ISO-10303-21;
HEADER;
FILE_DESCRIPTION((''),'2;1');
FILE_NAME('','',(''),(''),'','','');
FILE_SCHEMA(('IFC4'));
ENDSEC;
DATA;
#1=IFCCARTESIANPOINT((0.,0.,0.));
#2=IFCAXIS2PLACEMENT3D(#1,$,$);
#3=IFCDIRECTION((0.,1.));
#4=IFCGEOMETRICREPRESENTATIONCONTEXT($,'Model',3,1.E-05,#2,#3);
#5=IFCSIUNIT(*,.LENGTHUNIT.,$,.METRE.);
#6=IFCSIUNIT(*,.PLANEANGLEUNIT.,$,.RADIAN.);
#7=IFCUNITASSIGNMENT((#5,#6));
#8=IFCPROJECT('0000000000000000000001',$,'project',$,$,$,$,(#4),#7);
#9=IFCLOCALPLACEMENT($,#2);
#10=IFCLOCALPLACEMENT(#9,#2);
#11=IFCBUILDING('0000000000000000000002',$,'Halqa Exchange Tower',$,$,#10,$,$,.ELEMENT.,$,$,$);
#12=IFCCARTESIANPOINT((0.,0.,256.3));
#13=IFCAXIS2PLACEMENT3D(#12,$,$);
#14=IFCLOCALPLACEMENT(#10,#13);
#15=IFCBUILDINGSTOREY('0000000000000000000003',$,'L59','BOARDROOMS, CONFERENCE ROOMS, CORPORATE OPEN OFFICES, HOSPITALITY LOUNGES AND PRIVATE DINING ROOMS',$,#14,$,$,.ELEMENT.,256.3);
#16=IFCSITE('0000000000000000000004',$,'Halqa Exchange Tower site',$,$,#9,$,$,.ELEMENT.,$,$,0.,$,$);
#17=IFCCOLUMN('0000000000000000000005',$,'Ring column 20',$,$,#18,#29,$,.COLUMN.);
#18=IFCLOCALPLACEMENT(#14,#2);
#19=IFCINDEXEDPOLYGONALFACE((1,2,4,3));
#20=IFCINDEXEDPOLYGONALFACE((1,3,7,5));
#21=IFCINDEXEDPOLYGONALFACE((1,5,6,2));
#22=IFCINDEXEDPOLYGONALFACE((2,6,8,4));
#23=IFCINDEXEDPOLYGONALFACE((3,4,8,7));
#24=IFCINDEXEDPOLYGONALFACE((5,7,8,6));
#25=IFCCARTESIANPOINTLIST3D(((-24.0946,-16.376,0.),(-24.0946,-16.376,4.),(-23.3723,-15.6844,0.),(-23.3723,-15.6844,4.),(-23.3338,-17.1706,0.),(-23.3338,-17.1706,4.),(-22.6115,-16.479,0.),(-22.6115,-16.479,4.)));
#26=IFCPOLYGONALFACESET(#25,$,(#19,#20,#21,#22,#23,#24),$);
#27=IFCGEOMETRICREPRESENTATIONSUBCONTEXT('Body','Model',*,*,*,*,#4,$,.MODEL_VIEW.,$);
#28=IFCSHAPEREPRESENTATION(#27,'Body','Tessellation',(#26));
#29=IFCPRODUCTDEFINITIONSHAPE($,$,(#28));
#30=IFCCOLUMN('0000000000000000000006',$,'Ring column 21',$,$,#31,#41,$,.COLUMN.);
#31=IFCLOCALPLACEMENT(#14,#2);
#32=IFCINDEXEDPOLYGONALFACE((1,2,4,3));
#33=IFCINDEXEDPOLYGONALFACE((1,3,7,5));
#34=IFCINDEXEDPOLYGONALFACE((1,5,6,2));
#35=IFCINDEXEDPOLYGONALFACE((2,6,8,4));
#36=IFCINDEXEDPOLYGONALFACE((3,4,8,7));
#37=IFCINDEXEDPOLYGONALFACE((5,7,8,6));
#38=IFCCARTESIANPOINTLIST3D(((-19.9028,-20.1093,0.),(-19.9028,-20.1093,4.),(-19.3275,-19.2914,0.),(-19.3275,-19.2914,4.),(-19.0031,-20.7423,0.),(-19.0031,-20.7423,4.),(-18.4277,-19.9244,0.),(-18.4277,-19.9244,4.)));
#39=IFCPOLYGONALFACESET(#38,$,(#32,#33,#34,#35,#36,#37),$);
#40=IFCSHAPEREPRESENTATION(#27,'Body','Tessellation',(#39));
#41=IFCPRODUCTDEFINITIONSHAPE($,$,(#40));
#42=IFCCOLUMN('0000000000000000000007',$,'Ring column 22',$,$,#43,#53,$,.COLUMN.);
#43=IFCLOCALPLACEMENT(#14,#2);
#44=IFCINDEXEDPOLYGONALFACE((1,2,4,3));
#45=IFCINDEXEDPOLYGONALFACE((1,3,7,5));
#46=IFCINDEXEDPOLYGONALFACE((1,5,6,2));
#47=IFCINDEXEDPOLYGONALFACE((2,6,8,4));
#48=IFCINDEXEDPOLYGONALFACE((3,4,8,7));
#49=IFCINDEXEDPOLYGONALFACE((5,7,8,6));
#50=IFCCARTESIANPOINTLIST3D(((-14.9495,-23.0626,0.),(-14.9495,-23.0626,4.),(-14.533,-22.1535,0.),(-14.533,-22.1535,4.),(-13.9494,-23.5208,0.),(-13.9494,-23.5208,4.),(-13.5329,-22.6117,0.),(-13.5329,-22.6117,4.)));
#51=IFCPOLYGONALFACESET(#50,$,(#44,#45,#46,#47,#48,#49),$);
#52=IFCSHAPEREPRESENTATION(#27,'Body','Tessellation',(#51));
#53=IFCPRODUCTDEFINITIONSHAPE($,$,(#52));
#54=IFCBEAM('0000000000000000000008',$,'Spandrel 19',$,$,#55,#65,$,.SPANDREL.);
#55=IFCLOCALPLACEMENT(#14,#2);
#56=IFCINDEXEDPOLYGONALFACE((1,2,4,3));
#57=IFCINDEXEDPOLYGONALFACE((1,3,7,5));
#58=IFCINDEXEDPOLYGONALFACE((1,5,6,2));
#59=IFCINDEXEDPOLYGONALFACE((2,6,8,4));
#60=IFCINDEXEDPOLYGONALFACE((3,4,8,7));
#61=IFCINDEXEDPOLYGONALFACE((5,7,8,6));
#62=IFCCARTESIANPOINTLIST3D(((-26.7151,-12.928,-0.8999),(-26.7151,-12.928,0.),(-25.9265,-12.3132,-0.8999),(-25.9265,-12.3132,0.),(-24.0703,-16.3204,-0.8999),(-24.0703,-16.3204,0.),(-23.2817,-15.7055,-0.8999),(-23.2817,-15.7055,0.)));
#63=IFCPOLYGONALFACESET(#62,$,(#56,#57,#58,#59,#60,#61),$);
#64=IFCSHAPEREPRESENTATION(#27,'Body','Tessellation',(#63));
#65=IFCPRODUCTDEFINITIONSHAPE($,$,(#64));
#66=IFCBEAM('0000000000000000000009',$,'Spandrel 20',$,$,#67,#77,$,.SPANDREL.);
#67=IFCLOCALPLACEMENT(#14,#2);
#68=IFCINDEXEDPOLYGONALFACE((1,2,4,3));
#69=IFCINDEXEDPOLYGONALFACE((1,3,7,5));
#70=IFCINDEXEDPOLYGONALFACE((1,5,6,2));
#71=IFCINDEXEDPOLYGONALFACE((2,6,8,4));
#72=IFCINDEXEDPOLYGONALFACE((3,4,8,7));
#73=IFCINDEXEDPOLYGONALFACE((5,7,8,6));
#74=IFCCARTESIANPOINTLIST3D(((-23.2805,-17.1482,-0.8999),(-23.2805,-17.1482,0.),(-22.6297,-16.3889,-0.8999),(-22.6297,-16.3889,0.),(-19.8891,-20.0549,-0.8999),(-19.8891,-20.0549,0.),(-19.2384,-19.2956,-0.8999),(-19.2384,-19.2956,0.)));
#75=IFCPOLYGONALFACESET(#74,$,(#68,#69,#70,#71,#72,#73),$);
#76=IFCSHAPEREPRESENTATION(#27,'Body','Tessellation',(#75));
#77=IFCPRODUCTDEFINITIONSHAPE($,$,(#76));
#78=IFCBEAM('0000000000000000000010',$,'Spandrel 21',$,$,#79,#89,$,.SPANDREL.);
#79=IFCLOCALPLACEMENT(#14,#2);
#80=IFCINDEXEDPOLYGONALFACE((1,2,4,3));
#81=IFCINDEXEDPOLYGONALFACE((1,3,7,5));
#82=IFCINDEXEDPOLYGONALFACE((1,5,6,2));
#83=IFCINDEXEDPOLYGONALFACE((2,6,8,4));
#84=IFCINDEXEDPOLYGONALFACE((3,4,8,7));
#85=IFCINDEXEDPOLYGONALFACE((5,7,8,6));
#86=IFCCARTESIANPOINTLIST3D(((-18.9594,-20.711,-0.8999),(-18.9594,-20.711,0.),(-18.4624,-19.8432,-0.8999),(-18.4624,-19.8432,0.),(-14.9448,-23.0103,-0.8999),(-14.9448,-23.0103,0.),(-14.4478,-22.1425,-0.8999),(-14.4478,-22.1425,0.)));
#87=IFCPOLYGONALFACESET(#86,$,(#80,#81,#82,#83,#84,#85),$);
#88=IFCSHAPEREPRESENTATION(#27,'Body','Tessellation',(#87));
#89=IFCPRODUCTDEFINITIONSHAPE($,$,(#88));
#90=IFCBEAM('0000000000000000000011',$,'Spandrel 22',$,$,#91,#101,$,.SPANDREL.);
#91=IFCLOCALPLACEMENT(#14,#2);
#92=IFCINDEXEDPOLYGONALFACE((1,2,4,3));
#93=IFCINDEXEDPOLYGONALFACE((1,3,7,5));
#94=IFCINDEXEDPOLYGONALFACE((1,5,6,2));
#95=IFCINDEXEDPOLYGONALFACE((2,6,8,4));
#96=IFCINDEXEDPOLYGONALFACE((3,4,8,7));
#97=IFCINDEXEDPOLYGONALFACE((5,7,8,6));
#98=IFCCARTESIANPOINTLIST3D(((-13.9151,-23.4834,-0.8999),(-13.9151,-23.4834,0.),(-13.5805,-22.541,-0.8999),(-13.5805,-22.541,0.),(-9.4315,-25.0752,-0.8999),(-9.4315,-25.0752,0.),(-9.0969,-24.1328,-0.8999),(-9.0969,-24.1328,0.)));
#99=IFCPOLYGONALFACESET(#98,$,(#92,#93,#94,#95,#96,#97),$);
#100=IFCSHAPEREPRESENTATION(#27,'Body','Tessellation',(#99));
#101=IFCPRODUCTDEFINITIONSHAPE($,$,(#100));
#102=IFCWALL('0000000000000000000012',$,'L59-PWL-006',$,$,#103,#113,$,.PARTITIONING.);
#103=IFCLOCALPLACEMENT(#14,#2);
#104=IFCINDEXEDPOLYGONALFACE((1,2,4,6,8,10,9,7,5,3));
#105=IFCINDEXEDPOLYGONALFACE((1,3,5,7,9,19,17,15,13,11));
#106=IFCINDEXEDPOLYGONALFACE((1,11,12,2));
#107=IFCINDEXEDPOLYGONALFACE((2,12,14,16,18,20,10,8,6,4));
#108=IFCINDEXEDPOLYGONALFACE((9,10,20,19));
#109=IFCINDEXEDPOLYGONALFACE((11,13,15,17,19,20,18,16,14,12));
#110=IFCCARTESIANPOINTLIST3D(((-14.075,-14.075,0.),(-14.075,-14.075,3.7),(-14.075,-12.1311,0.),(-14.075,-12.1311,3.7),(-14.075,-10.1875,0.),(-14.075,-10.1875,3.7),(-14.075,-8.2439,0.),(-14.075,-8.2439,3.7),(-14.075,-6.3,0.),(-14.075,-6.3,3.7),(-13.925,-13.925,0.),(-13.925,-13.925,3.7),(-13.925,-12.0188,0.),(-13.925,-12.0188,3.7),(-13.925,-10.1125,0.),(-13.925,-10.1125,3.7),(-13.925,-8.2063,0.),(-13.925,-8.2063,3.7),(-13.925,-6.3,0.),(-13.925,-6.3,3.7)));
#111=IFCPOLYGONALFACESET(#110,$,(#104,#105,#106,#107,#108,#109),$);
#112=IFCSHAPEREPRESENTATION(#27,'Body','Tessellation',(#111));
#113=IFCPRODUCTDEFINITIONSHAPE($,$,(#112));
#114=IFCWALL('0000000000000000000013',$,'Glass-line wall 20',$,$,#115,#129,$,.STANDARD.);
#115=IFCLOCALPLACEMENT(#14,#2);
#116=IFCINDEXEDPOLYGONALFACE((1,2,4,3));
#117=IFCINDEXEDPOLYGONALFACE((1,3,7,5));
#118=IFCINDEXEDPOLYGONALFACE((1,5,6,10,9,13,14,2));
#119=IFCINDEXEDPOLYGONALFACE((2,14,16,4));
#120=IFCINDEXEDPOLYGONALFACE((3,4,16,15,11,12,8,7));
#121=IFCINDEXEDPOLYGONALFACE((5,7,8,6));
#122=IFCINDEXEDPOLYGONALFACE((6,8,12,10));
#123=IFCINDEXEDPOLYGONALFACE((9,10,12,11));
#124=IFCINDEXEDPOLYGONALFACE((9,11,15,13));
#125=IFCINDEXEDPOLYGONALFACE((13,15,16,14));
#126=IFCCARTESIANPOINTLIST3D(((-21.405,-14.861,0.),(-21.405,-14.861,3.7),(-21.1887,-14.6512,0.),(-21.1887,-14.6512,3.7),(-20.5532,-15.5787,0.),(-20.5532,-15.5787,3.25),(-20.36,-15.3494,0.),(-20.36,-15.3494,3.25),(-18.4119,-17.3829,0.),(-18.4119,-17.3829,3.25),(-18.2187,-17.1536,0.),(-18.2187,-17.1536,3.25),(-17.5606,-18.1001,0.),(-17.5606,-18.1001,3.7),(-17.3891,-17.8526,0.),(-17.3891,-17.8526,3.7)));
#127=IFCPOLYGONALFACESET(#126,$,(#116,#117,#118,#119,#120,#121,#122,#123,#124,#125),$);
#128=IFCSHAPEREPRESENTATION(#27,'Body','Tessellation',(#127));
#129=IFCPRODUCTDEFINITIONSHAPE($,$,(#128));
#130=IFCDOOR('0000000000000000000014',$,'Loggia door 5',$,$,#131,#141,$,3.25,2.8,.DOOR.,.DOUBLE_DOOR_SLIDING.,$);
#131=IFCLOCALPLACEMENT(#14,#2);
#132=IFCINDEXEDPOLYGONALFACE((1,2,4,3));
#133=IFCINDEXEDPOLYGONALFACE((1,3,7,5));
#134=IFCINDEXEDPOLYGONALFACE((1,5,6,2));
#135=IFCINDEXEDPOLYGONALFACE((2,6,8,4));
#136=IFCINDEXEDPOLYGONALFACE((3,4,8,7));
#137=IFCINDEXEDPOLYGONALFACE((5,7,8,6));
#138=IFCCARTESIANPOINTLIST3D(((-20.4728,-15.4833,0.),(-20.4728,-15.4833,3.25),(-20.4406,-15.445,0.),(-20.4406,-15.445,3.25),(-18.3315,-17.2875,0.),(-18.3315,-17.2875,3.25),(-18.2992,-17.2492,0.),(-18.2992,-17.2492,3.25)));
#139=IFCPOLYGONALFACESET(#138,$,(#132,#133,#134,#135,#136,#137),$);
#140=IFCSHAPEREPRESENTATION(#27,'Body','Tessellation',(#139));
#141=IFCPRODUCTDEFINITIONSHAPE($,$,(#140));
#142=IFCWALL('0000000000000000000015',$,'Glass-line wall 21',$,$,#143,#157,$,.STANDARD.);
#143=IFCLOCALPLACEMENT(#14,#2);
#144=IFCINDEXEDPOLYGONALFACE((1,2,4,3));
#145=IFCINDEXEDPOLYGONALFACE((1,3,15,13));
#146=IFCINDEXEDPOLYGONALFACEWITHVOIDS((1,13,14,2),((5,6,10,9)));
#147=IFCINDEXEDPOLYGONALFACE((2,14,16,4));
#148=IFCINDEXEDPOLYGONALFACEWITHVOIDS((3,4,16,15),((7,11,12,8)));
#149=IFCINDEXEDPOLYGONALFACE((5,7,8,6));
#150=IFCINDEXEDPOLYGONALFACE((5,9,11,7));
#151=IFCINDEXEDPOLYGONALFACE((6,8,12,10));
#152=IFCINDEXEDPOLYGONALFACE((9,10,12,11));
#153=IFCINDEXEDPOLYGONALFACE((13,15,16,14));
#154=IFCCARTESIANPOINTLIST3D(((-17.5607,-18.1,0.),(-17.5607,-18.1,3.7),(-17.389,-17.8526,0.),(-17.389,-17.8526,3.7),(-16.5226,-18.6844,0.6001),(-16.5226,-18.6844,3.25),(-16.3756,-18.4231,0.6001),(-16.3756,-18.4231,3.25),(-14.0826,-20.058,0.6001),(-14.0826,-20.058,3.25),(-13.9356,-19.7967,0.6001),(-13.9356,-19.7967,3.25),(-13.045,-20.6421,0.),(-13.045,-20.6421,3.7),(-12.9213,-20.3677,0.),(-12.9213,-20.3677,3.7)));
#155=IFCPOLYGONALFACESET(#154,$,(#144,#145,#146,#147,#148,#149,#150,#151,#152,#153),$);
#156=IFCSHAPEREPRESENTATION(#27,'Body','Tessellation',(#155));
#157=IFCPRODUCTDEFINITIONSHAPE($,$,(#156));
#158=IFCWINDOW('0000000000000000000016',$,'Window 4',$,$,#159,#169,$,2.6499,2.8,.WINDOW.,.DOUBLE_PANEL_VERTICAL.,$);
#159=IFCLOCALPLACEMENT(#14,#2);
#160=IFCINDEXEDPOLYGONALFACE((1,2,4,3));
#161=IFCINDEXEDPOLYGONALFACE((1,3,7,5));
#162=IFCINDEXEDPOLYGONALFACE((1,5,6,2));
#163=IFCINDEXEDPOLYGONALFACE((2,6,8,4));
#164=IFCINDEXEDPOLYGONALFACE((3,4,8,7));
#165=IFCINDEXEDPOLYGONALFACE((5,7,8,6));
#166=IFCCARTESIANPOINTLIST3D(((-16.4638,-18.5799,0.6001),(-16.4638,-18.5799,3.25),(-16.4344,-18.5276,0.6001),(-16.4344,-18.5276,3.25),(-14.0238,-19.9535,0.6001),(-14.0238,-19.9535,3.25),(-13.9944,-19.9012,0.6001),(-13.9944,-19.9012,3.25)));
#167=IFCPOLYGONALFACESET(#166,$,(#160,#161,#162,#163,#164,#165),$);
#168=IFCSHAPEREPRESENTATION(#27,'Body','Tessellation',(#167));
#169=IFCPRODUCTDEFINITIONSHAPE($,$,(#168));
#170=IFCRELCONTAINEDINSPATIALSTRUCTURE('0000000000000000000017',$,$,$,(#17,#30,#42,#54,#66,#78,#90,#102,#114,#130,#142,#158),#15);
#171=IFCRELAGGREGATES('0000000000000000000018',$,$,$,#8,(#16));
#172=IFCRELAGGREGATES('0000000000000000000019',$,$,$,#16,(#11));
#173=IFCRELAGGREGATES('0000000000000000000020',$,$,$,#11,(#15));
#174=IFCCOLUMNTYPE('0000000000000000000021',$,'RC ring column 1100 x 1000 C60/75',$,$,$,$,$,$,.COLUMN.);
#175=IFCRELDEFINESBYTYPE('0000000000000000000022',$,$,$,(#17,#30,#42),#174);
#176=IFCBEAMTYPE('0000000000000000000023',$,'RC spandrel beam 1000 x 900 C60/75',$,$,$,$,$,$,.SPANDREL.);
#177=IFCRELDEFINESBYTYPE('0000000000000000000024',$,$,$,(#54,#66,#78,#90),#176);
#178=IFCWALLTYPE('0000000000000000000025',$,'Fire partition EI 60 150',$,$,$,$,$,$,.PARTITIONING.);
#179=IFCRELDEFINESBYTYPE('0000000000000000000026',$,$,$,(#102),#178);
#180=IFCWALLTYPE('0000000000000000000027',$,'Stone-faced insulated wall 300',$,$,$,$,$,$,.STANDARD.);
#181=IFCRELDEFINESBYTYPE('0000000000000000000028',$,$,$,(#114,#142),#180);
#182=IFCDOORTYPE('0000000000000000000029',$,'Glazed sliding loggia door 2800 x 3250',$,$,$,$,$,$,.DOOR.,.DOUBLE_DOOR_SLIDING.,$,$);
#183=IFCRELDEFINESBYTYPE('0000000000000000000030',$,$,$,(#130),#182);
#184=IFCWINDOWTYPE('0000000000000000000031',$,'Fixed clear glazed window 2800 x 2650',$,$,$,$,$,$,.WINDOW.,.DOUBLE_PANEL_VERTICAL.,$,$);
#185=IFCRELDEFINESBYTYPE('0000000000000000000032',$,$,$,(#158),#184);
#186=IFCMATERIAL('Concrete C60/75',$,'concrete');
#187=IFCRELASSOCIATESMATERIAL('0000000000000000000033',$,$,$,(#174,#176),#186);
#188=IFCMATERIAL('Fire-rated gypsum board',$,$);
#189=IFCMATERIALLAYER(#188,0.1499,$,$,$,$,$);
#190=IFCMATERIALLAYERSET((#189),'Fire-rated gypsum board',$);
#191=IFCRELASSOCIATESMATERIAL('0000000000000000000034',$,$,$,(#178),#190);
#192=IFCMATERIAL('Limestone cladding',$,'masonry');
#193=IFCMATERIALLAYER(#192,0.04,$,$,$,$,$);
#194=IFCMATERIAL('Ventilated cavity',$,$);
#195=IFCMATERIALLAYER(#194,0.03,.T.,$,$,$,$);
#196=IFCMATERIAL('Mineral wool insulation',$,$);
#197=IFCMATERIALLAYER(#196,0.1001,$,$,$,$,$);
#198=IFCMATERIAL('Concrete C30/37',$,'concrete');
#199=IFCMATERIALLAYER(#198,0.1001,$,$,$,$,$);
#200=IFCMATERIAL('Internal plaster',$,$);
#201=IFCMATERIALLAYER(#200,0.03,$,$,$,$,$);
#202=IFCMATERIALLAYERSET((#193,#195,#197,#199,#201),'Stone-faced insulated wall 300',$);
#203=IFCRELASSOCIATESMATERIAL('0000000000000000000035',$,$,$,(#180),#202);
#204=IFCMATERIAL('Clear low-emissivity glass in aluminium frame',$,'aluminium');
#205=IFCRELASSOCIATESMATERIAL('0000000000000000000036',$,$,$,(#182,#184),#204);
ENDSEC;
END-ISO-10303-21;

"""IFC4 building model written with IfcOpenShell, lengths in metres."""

from ifc_helpers import new_model, si_unit, direction, frame, frame_2d, origin, origin_2d, place, context, subcontext, project, spatial, polyline, rectangle, outline, extrude, material, layer, layer_set, material_profile, profile_set, type_object, element, fill, save


model = new_model("IFC4")

# Units and contexts
model_context = context("Model", 3, precision=1e-05, world=origin(), true_north=direction((0.0, 1.0)))
body_context = subcontext(model_context, "Body", "Model", "MODEL_VIEW")
ifc_project = project(units=[si_unit("LENGTHUNIT", "METRE"), si_unit("PLANEANGLEUNIT", "RADIAN")], contexts=[model_context])

# Site, building, storey
site_placement = place(None, origin())
site = spatial("IfcSite", under=ifc_project, at=site_placement, Name="Halqa Exchange Tower site", CompositionType="ELEMENT", RefElevation=0.0)
building_placement = place(site_placement, origin())
building = spatial("IfcBuilding", under=site, at=building_placement, Name="Halqa Exchange Tower", CompositionType="ELEMENT")
storey_placement = place(building_placement, frame((0.0, 0.0, 256.3)))
storey = spatial("IfcBuildingStorey", under=building, at=storey_placement, Name="L59", Description="BOARDROOMS, CONFERENCE ROOMS, CORPORATE OPEN OFFICES, HOSPITALITY LOUNGES AND PRIVATE DINING ROOMS", CompositionType="ELEMENT", Elevation=256.3)

# Columns
ifc_material_1 = material(Name="Concrete C60/75", Category="concrete")
ifc_material_profile_1 = material_profile(ifc_material_1, rectangle(XDim=1.1001, YDim=1.0, at=origin_2d()), Name="1100 x 1000")
ifc_profile_set_1 = profile_set([ifc_material_profile_1], Name="Concrete C60/75")
column_type = type_object("IfcColumnType", Name="RC ring column 1100 x 1000 C60/75", PredefinedType="COLUMN", material=ifc_profile_set_1)
for number, where, z_axis, x_axis, name in (
    (1, (-23.353, -16.4275, 0.0), (0.0, 0.0, 1.0), (0.691579, -0.722301, 0.0), "Ring column 20"),
    (2, (-19.1653, -20.0168, 0.0), (0.0, 0.0, 1.0), (0.817907, -0.575351, 0.0), "Ring column 21"),
    (3, (-14.2412, -22.8372, 0.0), (0.0, 0.0, 1.0), (0.909128, -0.416517, 0.0), "Ring column 22"),
):
    element("IfcColumn", number, at=place(storey_placement, frame(where, z_axis=z_axis, x_axis=x_axis)), inside=storey, type_object=column_type, Name=name, PredefinedType="COLUMN", context=body_context, shape_type="SweptSolid", body=[
        extrude(rectangle(XDim=1.1001, YDim=1.0, at=origin_2d()), origin(), (0.0, 0.0, 1.0), 4.0),
    ])

# Beams
ifc_material_profile_2 = material_profile(ifc_material_1, rectangle(XDim=1.0, YDim=0.8999, at=origin_2d()), Name="1000 x 900")
ifc_profile_set_2 = profile_set([ifc_material_profile_2], Name="Concrete C60/75")
beam_type = type_object("IfcBeamType", Name="RC spandrel beam 1000 x 900 C60/75", PredefinedType="SPANDREL", material=ifc_profile_set_2)
beam_1_placement = place(storey_placement, frame((-26.3208, -12.6206, -0.45), z_axis=(0.614852, -0.788643, 0.0), x_axis=(0.788643, 0.614852, 0.0)))
element("IfcBeam", 4, at=beam_1_placement, inside=storey, type_object=beam_type, Name="Spandrel 19", PredefinedType="SPANDREL", context=body_context, shape_type="SweptSolid", body=[
    extrude(rectangle(XDim=1.0, YDim=0.8999, at=origin_2d()), origin(), (0.0, 0.0, 1.0), 4.3015),
])
beam_2_placement = place(storey_placement, frame((-22.9551, -16.7686, -0.45), z_axis=(0.759272, -0.650773, 0.0), x_axis=(0.650773, 0.759272, 0.0)))
element("IfcBeam", 5, at=beam_2_placement, inside=storey, type_object=beam_type, Name="Spandrel 20", PredefinedType="SPANDREL", context=body_context, shape_type="SweptSolid", body=[
    extrude(rectangle(XDim=1.0, YDim=0.8999, at=origin_2d()), origin(), (0.0, 0.0, 1.0), 4.4666),
])
beam_3_placement = place(storey_placement, frame((-18.7109, -20.2771, -0.45), z_axis=(0.867756, -0.496991, 0.0), x_axis=(0.496991, 0.867756, 0.0)))
element("IfcBeam", 6, at=beam_3_placement, inside=storey, type_object=beam_type, Name="Spandrel 21", PredefinedType="SPANDREL", context=body_context, shape_type="SweptSolid", body=[
    extrude(rectangle(XDim=1.0, YDim=0.8999, at=origin_2d()), origin(), (0.0, 0.0, 1.0), 4.6265),
])
beam_4_placement = place(storey_placement, frame((-13.7478, -23.0122, -0.45), z_axis=(0.942373, -0.334564, 0.0), x_axis=(0.334564, 0.942373, 0.0)))
element("IfcBeam", 7, at=beam_4_placement, inside=storey, type_object=beam_type, Name="Spandrel 22", PredefinedType="SPANDREL", context=body_context, shape_type="SweptSolid", body=[
    extrude(rectangle(XDim=1.0, YDim=0.8999, at=origin_2d()), origin(), (0.0, 0.0, 1.0), 4.7578),
])

# Wall
ifc_material_2 = material(Name="Fire-rated gypsum board")
ifc_layer_1 = layer(ifc_material_2, 0.1499)
ifc_layer_set_1 = layer_set([ifc_layer_1], Name="Fire-rated gypsum board")
wall_type_1 = type_object("IfcWallType", Name="Fire partition EI 60 150", PredefinedType="PARTITIONING", material=ifc_layer_set_1)
wall_1_placement = place(storey_placement, frame((-14.0, -14.075, 0.0), z_axis=(0.0, 0.0, 1.0), x_axis=(0.0, 1.0, 0.0)))
element("IfcWall", 8, at=wall_1_placement, inside=storey, type_object=wall_type_1, Name="L59-PWL-006", PredefinedType="PARTITIONING", context=body_context, shape_type="SweptSolid", body=[
    extrude(outline(polyline([(7.7749, 0.075), (5.8311, 0.075), (3.8875, 0.075), (1.9438, 0.075), (0.0, 0.075), (0.1499, -0.075), (2.0562, -0.075), (3.9624, -0.075), (5.8687, -0.075), (7.7749, -0.075), (7.7749, 0.075)])), origin(), (0.0, 0.0, 1.0), 3.7),
])

# Wall, opening, door
ifc_material_3 = material(Name="Limestone cladding", Category="masonry")
ifc_layer_2 = layer(ifc_material_3, 0.04)
ifc_material_4 = material(Name="Ventilated cavity")
ifc_layer_3 = layer(ifc_material_4, 0.03, ventilated=True)
ifc_material_5 = material(Name="Mineral wool insulation")
ifc_layer_4 = layer(ifc_material_5, 0.1001)
ifc_material_6 = material(Name="Concrete C30/37", Category="concrete")
ifc_layer_5 = layer(ifc_material_6, 0.1001)
ifc_material_7 = material(Name="Internal plaster")
ifc_layer_6 = layer(ifc_material_7, 0.03)
ifc_layer_set_2 = layer_set([ifc_layer_2, ifc_layer_3, ifc_layer_4, ifc_layer_5, ifc_layer_6], Name="Stone-faced insulated wall 300")
wall_type_2 = type_object("IfcWallType", Name="Stone-faced insulated wall 300", PredefinedType="STANDARD", material=ifc_layer_set_2)
wall_2_placement = place(storey_placement, frame((-21.2969, -14.7561, 0.0), z_axis=(0.0, 0.0, 1.0), x_axis=(0.764746, -0.644331, 0.0)))
wall_2 = element("IfcWall", 9, at=wall_2_placement, inside=storey, type_object=wall_type_2, Name="Glass-line wall 20", PredefinedType="STANDARD", context=body_context, shape_type="SweptSolid", body=[
    extrude(outline(polyline([(-0.0151, -0.1499), (5.012, -0.1499), (4.9836, 0.1499), (0.0151, 0.1499), (-0.0151, -0.1499)])), origin(), (0.0, 0.0, 1.0), 3.7),
])
opening_1_placement = place(wall_2_placement, frame((1.0989, 0.0, 0.0)))
opening_1 = element("IfcOpeningElement", 10, at=opening_1_placement, cuts=wall_2, PredefinedType="OPENING", context=body_context, shape_type="SweptSolid", body=[
    extrude(rectangle(XDim=2.8, YDim=3.25, at=frame_2d((1.3999, 1.625))), frame((0.0, 0.1621, 0.0), z_axis=(0.0, -1.0, 0.0), x_axis=(1.0, 0.0, 0.0)), (0.0, 0.0, 1.0), 0.324),
])
ifc_material_8 = material(Name="Clear low-emissivity glass in aluminium frame", Category="aluminium")
door_type_1 = type_object("IfcDoorType", Name="Glazed sliding loggia door 2800 x 3250", OperationType="DOUBLE_DOOR_SLIDING", PredefinedType="DOOR", material=ifc_material_8)
door_1_placement = place(opening_1_placement, origin())
door_1 = element("IfcDoor", 11, at=door_1_placement, inside=storey, type_object=door_type_1, Name="Loggia door 5", OperationType="DOUBLE_DOOR_SLIDING", OverallHeight=3.25, OverallWidth=2.8, PredefinedType="DOOR", context=body_context, shape_type="SweptSolid", body=[
    extrude(rectangle(XDim=2.8, YDim=3.25, at=frame_2d((1.3999, 1.625))), frame((0.0, 0.0249, 0.0), z_axis=(0.0, -1.0, 0.0), x_axis=(1.0, 0.0, 0.0)), (0.0, 0.0, 1.0), 0.05),
])
fill(opening_1, door_1)

# Wall, opening, window
wall_3_placement = place(storey_placement, frame((-17.4749, -17.9763, 0.0), z_axis=(0.0, 0.0, 1.0), x_axis=(0.871411, -0.490554, 0.0)))
wall_3 = element("IfcWall", 12, at=wall_3_placement, inside=storey, type_object=wall_type_2, Name="Glass-line wall 21", PredefinedType="STANDARD", context=body_context, shape_type="SweptSolid", body=[
    extrude(outline(polyline([(-0.0142, -0.1499), (5.168, -0.1499), (5.1411, 0.1499), (0.0142, 0.1499), (-0.0142, -0.1499)])), origin(), (0.0, 0.0, 1.0), 3.7),
])
opening_2_placement = place(wall_3_placement, frame((1.1772, 0.0, 0.6001)))
opening_2 = element("IfcOpeningElement", 13, at=opening_2_placement, cuts=wall_3, PredefinedType="OPENING", context=body_context, shape_type="SweptSolid", body=[
    extrude(rectangle(XDim=2.8, YDim=2.6499, at=frame_2d((1.3999, 1.325))), frame((0.0, 0.1621, 0.0), z_axis=(0.0, -1.0, 0.0), x_axis=(1.0, 0.0, 0.0)), (0.0, 0.0, 1.0), 0.324),
])
window_type = type_object("IfcWindowType", Name="Fixed clear glazed window 2800 x 2650", PartitioningType="DOUBLE_PANEL_VERTICAL", PredefinedType="WINDOW", material=ifc_material_8)
window_1_placement = place(opening_2_placement, origin())
window_1 = element("IfcWindow", 14, at=window_1_placement, inside=storey, type_object=window_type, Name="Window 4", OverallHeight=2.6499, OverallWidth=2.8, PartitioningType="DOUBLE_PANEL_VERTICAL", PredefinedType="WINDOW", context=body_context, shape_type="SweptSolid", body=[
    extrude(rectangle(XDim=2.8, YDim=2.6499, at=frame_2d((1.3999, 1.325))), frame((0.0, 0.03, 0.0), z_axis=(0.0, -1.0, 0.0), x_axis=(1.0, 0.0, 0.0)), (0.0, 0.0, 1.0), 0.0601),
])
fill(opening_2, window_1)

save(model, "model.ifc")
